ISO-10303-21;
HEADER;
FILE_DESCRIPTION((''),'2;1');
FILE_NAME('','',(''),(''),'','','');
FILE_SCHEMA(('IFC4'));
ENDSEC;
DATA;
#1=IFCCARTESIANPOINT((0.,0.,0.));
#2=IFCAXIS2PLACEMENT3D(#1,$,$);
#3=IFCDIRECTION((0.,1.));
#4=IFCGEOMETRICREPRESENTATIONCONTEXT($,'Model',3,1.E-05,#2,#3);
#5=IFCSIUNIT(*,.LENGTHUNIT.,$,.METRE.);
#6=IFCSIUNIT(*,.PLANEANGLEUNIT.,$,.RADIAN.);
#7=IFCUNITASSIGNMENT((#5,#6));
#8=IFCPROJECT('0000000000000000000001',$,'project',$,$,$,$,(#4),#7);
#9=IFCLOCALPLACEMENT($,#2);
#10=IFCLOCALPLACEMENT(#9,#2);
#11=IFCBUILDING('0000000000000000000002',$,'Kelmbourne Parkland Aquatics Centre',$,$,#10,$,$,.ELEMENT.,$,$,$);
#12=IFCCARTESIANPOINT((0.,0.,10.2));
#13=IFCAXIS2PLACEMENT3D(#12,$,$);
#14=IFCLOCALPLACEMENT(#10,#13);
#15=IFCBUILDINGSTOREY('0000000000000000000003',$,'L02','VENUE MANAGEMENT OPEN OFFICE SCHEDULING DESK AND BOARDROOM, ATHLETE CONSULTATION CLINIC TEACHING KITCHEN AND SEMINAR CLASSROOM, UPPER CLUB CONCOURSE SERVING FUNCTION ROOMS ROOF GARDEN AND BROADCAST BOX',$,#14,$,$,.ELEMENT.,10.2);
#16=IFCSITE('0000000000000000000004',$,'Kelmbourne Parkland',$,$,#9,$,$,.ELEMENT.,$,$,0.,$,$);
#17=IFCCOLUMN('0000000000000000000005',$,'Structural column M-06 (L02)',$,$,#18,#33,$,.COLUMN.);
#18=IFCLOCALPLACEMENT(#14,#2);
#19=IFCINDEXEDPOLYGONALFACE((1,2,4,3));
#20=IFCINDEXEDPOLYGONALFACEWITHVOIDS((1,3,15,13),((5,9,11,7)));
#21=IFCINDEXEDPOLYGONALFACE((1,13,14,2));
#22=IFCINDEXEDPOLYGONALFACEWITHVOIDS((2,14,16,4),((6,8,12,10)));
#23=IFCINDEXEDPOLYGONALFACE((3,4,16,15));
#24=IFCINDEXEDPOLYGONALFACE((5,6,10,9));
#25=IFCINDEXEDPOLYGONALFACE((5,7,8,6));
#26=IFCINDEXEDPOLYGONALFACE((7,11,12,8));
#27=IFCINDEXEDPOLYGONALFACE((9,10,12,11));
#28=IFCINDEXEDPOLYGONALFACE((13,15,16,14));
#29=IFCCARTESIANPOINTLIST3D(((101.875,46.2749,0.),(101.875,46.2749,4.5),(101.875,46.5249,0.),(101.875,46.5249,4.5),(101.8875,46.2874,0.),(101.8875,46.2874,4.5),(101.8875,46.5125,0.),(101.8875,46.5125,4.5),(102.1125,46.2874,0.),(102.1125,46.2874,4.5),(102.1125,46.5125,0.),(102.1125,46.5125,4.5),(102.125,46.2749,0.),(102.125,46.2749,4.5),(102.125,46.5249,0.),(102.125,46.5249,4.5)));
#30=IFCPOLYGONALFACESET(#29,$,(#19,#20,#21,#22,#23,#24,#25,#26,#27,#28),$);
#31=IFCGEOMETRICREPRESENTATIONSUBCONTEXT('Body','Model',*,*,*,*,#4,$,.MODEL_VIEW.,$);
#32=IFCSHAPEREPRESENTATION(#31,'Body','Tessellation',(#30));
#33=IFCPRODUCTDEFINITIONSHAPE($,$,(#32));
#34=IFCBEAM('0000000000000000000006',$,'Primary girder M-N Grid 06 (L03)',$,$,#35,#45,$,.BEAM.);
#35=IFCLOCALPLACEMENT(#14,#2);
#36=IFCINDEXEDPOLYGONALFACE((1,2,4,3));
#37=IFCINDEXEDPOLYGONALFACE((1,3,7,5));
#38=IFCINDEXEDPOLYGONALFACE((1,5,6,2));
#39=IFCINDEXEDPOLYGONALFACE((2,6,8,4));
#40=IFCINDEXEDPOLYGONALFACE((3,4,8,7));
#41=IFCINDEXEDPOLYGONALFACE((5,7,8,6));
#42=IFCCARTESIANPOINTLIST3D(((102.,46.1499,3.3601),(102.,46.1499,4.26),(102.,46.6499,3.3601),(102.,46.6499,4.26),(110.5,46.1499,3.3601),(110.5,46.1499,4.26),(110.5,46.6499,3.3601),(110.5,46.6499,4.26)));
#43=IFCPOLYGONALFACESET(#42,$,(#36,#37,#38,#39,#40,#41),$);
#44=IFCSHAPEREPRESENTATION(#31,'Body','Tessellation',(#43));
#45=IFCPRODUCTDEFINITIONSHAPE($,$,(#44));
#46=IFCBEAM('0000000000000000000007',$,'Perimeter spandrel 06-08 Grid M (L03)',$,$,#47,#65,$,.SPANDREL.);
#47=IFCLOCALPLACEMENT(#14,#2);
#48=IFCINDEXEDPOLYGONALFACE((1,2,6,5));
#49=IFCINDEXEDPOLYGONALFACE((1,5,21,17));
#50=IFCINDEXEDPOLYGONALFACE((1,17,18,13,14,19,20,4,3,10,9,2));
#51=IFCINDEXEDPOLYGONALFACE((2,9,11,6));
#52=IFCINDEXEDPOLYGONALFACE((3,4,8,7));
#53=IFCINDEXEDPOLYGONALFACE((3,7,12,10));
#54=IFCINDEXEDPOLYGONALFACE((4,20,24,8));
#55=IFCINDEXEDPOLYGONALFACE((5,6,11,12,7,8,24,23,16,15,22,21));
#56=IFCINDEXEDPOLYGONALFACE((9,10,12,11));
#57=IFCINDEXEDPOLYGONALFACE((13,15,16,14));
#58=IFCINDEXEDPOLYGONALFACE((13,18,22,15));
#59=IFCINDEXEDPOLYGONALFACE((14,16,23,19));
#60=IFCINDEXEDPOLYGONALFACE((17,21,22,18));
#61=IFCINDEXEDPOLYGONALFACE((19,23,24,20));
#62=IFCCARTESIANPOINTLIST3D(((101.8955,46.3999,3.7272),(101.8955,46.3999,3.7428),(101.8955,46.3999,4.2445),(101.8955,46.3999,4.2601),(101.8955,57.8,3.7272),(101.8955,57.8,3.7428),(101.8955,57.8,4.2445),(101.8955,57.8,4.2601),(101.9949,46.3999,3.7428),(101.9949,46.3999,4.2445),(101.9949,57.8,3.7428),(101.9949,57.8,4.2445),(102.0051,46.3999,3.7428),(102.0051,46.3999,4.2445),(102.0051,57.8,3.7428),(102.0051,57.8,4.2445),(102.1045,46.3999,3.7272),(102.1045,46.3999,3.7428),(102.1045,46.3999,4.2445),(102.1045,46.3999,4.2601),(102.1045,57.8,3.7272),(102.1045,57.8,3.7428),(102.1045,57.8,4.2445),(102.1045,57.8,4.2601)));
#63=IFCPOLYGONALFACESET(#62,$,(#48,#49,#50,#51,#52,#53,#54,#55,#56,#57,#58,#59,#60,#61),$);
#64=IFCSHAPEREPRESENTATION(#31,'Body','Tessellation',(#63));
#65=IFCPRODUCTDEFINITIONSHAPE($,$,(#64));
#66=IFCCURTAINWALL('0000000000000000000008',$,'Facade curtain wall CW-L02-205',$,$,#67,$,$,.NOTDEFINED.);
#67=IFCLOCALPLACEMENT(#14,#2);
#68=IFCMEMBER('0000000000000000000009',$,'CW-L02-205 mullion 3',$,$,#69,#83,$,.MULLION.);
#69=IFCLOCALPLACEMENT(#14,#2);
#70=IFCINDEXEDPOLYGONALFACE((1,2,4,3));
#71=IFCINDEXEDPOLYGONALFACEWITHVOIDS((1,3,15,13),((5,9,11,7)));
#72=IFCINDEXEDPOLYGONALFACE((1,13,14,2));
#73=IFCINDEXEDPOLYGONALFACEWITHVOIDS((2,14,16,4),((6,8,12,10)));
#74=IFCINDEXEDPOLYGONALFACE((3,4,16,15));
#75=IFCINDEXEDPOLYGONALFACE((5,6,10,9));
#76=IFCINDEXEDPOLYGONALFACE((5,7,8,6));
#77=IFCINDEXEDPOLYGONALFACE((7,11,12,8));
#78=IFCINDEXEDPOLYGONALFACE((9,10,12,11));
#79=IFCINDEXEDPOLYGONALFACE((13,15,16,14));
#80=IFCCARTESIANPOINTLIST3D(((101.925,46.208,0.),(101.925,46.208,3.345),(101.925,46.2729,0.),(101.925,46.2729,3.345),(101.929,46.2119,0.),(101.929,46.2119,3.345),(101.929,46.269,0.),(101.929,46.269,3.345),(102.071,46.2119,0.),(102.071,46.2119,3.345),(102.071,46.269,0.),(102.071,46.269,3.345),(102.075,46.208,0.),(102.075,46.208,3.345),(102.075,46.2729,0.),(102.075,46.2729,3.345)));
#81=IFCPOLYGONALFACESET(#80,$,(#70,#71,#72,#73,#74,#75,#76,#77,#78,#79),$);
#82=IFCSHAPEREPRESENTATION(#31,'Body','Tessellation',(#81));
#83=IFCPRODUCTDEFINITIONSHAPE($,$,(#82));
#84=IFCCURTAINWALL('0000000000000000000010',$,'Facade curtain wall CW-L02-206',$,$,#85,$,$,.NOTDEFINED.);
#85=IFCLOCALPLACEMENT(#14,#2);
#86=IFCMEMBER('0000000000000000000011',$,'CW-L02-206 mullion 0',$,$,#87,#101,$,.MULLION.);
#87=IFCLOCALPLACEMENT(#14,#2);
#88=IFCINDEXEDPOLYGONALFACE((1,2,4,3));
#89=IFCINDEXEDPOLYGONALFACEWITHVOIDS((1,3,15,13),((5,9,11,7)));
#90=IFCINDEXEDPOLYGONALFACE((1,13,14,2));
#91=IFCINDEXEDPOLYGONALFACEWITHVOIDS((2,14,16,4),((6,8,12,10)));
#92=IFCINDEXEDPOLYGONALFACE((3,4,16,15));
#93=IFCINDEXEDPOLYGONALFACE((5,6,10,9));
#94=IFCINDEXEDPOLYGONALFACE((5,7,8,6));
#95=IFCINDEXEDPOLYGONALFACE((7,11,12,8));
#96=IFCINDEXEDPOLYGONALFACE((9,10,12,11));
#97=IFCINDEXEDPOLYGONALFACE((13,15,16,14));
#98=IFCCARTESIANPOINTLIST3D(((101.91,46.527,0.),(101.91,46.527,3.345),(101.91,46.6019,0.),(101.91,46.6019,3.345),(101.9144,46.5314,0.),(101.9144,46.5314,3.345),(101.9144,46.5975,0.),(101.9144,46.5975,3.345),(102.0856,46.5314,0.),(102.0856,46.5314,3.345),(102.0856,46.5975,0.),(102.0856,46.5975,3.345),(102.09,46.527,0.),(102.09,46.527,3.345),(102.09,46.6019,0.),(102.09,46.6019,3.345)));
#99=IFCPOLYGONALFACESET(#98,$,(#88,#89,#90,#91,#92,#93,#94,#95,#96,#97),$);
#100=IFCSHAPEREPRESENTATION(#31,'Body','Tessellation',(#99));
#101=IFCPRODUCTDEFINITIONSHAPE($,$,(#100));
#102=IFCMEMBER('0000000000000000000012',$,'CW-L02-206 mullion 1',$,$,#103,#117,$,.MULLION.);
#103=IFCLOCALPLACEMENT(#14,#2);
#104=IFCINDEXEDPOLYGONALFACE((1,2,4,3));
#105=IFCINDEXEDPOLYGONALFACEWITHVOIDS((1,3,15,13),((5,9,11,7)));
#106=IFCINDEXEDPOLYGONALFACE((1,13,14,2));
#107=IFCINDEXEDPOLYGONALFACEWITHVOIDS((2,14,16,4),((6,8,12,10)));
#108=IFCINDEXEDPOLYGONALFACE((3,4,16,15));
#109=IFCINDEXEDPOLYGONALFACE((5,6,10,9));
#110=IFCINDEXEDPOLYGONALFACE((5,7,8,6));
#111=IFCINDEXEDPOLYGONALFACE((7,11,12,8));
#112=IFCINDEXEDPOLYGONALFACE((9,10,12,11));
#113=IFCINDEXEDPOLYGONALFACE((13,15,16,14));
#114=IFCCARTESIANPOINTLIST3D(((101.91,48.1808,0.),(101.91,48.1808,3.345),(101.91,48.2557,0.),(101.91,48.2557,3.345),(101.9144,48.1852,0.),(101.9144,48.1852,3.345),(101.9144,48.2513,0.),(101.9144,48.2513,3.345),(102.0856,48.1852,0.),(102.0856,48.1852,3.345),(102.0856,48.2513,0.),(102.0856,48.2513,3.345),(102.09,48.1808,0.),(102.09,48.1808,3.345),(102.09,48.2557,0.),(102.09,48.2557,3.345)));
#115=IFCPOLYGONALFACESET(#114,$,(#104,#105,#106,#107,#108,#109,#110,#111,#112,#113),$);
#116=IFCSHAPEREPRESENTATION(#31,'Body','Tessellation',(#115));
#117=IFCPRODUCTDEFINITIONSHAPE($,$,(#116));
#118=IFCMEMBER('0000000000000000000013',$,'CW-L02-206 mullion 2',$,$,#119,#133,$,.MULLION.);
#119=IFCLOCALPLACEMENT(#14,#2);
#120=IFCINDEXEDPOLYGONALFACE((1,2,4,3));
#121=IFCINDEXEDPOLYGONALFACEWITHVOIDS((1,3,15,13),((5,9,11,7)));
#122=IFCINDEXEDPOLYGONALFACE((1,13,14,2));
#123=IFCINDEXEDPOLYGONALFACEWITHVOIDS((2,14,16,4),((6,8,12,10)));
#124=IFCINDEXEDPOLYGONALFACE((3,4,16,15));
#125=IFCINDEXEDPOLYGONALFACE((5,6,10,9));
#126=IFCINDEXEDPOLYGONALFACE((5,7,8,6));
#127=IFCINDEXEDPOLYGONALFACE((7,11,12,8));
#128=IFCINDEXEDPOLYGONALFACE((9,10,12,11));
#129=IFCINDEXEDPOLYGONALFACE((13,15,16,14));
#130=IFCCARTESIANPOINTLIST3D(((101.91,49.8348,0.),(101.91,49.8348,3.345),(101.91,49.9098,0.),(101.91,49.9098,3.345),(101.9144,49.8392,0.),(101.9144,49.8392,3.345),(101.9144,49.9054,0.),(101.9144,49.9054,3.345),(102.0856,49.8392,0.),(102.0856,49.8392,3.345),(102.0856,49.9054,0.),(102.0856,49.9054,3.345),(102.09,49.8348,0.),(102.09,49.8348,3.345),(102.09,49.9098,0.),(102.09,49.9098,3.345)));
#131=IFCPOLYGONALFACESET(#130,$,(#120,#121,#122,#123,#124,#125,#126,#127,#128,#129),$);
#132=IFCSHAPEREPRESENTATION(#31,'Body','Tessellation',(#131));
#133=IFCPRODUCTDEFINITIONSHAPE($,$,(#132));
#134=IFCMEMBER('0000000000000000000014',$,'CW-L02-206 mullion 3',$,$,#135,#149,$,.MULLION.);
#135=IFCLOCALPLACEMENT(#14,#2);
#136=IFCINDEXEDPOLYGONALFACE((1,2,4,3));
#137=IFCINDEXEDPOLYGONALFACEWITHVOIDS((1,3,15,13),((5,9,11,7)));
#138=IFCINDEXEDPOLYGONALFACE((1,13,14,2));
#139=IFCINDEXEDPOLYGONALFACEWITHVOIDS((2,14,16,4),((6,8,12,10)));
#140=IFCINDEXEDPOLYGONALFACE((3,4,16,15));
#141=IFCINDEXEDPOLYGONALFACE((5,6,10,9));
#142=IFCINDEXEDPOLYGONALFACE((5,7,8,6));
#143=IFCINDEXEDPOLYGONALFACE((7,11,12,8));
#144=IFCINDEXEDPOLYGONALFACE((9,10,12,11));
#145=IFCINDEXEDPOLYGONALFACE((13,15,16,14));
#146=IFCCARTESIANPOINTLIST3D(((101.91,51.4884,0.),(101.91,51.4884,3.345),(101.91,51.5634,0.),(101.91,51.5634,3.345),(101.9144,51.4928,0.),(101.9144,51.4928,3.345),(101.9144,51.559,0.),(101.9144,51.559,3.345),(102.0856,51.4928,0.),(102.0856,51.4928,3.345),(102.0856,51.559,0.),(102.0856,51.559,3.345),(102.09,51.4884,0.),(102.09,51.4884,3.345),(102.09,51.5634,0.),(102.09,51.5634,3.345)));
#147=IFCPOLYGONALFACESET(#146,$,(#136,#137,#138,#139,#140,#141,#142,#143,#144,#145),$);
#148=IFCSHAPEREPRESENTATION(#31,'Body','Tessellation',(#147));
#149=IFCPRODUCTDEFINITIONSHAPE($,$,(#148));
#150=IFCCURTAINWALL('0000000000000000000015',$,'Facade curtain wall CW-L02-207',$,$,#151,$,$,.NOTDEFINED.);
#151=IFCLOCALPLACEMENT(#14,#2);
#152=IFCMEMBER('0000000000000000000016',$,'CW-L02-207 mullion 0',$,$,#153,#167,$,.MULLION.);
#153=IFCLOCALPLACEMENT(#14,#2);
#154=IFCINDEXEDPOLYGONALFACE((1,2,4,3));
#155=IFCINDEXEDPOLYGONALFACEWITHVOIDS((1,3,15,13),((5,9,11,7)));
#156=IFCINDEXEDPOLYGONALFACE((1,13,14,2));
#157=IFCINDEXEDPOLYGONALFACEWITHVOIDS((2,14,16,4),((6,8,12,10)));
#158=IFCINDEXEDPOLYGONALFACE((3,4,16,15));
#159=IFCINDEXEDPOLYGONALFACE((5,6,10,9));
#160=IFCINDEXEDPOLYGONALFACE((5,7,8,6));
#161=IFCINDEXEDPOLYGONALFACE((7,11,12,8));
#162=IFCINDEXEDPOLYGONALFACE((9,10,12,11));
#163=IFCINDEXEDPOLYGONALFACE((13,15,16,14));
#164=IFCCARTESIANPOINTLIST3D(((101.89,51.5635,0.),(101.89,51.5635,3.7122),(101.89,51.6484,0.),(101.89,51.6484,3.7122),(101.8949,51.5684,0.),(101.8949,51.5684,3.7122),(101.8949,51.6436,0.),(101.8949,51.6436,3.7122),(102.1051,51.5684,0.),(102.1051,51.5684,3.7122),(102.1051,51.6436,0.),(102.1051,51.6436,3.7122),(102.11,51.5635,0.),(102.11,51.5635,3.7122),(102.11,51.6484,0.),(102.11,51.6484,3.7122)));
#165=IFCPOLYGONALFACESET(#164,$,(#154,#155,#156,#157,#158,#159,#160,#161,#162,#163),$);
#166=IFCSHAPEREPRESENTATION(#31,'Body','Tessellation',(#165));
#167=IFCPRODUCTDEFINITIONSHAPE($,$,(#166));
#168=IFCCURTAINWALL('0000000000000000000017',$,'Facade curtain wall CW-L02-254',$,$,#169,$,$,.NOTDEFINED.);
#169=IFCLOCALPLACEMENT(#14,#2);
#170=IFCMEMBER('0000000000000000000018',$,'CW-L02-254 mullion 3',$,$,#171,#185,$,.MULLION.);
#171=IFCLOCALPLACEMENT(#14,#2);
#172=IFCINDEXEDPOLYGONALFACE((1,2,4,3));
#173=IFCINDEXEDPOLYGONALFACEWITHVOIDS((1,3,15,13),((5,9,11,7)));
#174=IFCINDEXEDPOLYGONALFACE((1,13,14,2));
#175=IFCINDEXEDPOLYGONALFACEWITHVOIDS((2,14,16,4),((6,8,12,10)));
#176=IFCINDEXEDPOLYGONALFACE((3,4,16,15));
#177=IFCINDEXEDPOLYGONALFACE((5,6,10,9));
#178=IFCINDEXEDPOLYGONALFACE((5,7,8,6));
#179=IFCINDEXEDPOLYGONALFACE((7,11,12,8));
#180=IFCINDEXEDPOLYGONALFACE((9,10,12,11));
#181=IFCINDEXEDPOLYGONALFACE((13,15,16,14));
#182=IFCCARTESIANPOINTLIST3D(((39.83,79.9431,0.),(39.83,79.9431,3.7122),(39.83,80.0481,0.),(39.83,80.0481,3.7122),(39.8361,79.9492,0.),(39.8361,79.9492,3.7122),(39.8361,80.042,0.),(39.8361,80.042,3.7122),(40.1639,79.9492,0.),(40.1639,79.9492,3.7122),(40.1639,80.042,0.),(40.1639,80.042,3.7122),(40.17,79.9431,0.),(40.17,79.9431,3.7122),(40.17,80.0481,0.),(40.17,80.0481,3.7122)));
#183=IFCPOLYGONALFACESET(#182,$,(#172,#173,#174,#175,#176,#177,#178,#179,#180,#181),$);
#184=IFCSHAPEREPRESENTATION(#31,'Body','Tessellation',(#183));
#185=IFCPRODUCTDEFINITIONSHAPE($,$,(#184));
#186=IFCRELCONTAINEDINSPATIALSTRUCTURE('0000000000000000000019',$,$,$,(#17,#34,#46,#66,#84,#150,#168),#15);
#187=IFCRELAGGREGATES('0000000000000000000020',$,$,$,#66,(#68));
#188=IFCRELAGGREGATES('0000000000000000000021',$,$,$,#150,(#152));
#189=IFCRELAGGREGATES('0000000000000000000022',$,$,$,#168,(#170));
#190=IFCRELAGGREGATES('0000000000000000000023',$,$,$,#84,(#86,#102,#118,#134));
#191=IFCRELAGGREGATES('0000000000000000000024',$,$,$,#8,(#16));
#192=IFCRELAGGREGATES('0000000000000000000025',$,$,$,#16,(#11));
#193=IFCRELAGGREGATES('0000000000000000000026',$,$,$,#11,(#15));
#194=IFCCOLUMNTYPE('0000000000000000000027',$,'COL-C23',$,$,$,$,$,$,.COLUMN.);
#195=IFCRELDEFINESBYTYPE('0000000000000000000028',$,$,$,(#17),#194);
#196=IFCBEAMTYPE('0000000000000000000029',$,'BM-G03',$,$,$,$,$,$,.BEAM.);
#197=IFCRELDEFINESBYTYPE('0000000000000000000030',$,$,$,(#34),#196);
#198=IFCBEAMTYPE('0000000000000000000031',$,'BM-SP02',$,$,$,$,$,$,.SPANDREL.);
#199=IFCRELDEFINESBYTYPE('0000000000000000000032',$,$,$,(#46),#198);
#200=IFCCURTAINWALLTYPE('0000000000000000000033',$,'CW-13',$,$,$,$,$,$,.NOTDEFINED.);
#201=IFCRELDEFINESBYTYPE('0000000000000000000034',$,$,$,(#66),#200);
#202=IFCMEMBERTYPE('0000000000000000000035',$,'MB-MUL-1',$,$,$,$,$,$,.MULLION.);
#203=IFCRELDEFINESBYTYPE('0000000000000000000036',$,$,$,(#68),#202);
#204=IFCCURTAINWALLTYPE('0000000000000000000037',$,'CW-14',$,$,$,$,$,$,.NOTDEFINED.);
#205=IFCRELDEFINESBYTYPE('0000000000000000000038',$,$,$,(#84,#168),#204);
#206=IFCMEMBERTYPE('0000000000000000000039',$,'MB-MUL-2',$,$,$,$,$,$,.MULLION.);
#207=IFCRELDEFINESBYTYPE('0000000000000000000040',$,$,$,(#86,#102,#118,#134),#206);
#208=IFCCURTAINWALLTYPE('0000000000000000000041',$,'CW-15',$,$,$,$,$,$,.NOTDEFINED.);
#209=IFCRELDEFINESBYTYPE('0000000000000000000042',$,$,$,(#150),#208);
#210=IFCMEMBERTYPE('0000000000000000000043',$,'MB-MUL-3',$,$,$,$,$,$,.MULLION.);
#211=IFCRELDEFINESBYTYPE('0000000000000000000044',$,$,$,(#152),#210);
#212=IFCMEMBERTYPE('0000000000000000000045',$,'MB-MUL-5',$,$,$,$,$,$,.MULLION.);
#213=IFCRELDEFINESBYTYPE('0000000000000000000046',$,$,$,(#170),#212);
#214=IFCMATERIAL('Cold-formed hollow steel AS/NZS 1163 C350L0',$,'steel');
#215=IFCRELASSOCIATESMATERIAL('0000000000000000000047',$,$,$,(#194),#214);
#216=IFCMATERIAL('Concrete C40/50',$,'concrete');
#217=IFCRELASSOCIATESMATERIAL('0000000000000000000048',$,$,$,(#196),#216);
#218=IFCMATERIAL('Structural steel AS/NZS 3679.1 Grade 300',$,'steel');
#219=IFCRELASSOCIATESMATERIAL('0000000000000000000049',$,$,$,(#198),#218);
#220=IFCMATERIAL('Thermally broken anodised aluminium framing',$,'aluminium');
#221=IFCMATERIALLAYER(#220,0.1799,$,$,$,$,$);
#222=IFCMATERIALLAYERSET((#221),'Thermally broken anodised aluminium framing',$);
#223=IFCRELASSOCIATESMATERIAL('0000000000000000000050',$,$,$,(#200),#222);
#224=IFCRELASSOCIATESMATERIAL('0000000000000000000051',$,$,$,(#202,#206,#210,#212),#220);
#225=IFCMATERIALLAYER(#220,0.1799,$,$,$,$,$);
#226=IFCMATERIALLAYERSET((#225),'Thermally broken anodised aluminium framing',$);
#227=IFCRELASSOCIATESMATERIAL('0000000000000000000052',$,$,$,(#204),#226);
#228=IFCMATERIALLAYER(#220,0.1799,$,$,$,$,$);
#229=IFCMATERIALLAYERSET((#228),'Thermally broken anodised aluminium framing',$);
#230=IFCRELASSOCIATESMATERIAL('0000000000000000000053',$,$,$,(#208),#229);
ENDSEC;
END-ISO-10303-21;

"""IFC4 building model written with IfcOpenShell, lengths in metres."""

from ifc_helpers import new_model, si_unit, direction, frame, origin, origin_2d, place, context, subcontext, project, spatial, rectangle, hollow_rectangle, i_section, extrude, material, layer, layer_set, material_profile, profile_set, type_object, element, aggregate, save


model = new_model("IFC4")

# Units and contexts
model_context = context("Model", 3, precision=1e-05, world=origin(), true_north=direction((0.0, 1.0)))
body_context = subcontext(model_context, "Body", "Model", "MODEL_VIEW")
ifc_project = project(units=[si_unit("LENGTHUNIT", "METRE"), si_unit("PLANEANGLEUNIT", "RADIAN")], contexts=[model_context])

# Site, building, storey
site_placement = place(None, origin())
site = spatial("IfcSite", under=ifc_project, at=site_placement, Name="Kelmbourne Parkland", CompositionType="ELEMENT", RefElevation=0.0)
building_placement = place(site_placement, origin())
building = spatial("IfcBuilding", under=site, at=building_placement, Name="Kelmbourne Parkland Aquatics Centre", CompositionType="ELEMENT")
storey_placement = place(building_placement, frame((0.0, 0.0, 10.2)))
storey = spatial("IfcBuildingStorey", under=building, at=storey_placement, Name="L02", Description="VENUE MANAGEMENT OPEN OFFICE SCHEDULING DESK AND BOARDROOM, ATHLETE CONSULTATION CLINIC TEACHING KITCHEN AND SEMINAR CLASSROOM, UPPER CLUB CONCOURSE SERVING FUNCTION ROOMS ROOF GARDEN AND BROADCAST BOX", CompositionType="ELEMENT", Elevation=10.2)

# Column
ifc_material_1 = material(Name="Cold-formed hollow steel AS/NZS 1163 C350L0", Category="steel")
ifc_material_profile_1 = material_profile(ifc_material_1, hollow_rectangle(XDim=0.25, YDim=0.25, WallThickness=0.0125, at=origin_2d()), Name="SHS 250x250x12.5")
ifc_profile_set_1 = profile_set([ifc_material_profile_1], Name="Cold-formed hollow steel AS/NZS 1163 C350L0")
column_type = type_object("IfcColumnType", Name="COL-C23", PredefinedType="COLUMN", material=ifc_profile_set_1)
column_placement = place(storey_placement, frame((102.0, 46.3999, 0.0), z_axis=(0.0, 0.0, 1.0), x_axis=(1.0, 0.0, 0.0)))
element("IfcColumn", 1, at=column_placement, inside=storey, type_object=column_type, Name="Structural column M-06 (L02)", PredefinedType="COLUMN", context=body_context, shape_type="SweptSolid", body=[
    extrude(hollow_rectangle(XDim=0.25, YDim=0.25, WallThickness=0.0125, at=origin_2d()), origin(), (0.0, 0.0, 1.0), 4.5),
])

# Beams
ifc_material_2 = material(Name="Concrete C40/50", Category="concrete")
ifc_material_profile_2 = material_profile(ifc_material_2, rectangle(XDim=0.5, YDim=0.8999, at=origin_2d()), Name="RC 500x900")
ifc_profile_set_2 = profile_set([ifc_material_profile_2], Name="Concrete C40/50")
beam_type_1 = type_object("IfcBeamType", Name="BM-G03", PredefinedType="BEAM", material=ifc_profile_set_2)
beam_1_placement = place(storey_placement, frame((102.0, 46.3999, 3.8101), z_axis=(1.0, 0.0, 0.0), x_axis=(0.0, 1.0, 0.0)))
element("IfcBeam", 2, at=beam_1_placement, inside=storey, type_object=beam_type_1, Name="Primary girder M-N Grid 06 (L03)", PredefinedType="BEAM", context=body_context, shape_type="SweptSolid", body=[
    extrude(rectangle(XDim=0.5, YDim=0.8999, at=origin_2d()), origin(), (0.0, 0.0, 1.0), 8.5),
])
ifc_material_3 = material(Name="Structural steel AS/NZS 3679.1 Grade 300", Category="steel")
ifc_material_profile_3 = material_profile(ifc_material_3, i_section(OverallWidth=0.209, OverallDepth=0.533, WebThickness=0.0103, FlangeThickness=0.0156, at=origin_2d()), Name="530UB92.4")
ifc_profile_set_3 = profile_set([ifc_material_profile_3], Name="Structural steel AS/NZS 3679.1 Grade 300")
beam_type_2 = type_object("IfcBeamType", Name="BM-SP02", PredefinedType="SPANDREL", material=ifc_profile_set_3)
beam_2_placement = place(storey_placement, frame((102.0, 46.3999, 3.9937), z_axis=(0.0, 1.0, 0.0), x_axis=(-1.0, 0.0, 0.0)))
element("IfcBeam", 3, at=beam_2_placement, inside=storey, type_object=beam_type_2, Name="Perimeter spandrel 06-08 Grid M (L03)", PredefinedType="SPANDREL", context=body_context, shape_type="SweptSolid", body=[
    extrude(i_section(OverallWidth=0.209, OverallDepth=0.533, WebThickness=0.0103, FlangeThickness=0.0156, at=origin_2d()), origin(), (0.0, 0.0, 1.0), 11.4001),
])

# Curtain wall, member
ifc_material_4 = material(Name="Thermally broken anodised aluminium framing", Category="aluminium")
ifc_layer_1 = layer(ifc_material_4, 0.1799)
ifc_layer_set_1 = layer_set([ifc_layer_1], Name="Thermally broken anodised aluminium framing")
curtain_wall_type_1 = type_object("IfcCurtainWallType", Name="CW-13", PredefinedType="NOTDEFINED", material=ifc_layer_set_1)
curtain_wall_1_placement = place(storey_placement, origin())
curtain_wall_1 = element("IfcCurtainWall", 4, at=curtain_wall_1_placement, inside=storey, type_object=curtain_wall_type_1, Name="Facade curtain wall CW-L02-205", PredefinedType="NOTDEFINED")
ifc_material_profile_4 = material_profile(ifc_material_4, hollow_rectangle(XDim=0.0649, YDim=0.1499, WallThickness=0.0039, at=origin_2d()), Name="CW-M 65x150")
ifc_profile_set_4 = profile_set([ifc_material_profile_4], Name="Thermally broken anodised aluminium framing")
member_type_1 = type_object("IfcMemberType", Name="MB-MUL-1", PredefinedType="MULLION", material=ifc_profile_set_4)
member_1_placement = place(storey_placement, frame((102.0, 46.2405, 0.0), z_axis=(0.0, 0.0, 1.0), x_axis=(0.0, 1.0, 0.0)))
member_1 = element("IfcMember", 5, at=member_1_placement, type_object=member_type_1, Name="CW-L02-205 mullion 3", PredefinedType="MULLION", context=body_context, shape_type="SweptSolid", body=[
    extrude(hollow_rectangle(XDim=0.0649, YDim=0.1499, WallThickness=0.0039, at=origin_2d()), origin(), (0.0, 0.0, 1.0), 3.345),
])
aggregate(curtain_wall_1, [member_1])

# Curtain wall, members
ifc_layer_2 = layer(ifc_material_4, 0.1799)
ifc_layer_set_2 = layer_set([ifc_layer_2], Name="Thermally broken anodised aluminium framing")
curtain_wall_type_2 = type_object("IfcCurtainWallType", Name="CW-14", PredefinedType="NOTDEFINED", material=ifc_layer_set_2)
curtain_wall_2_placement = place(storey_placement, origin())
curtain_wall_2 = element("IfcCurtainWall", 6, at=curtain_wall_2_placement, inside=storey, type_object=curtain_wall_type_2, Name="Facade curtain wall CW-L02-206", PredefinedType="NOTDEFINED")
ifc_material_profile_5 = material_profile(ifc_material_4, hollow_rectangle(XDim=0.075, YDim=0.1799, WallThickness=0.0044, at=origin_2d()), Name="CW-M 75x180")
ifc_profile_set_5 = profile_set([ifc_material_profile_5], Name="Thermally broken anodised aluminium framing")
member_type_2 = type_object("IfcMemberType", Name="MB-MUL-2", PredefinedType="MULLION", material=ifc_profile_set_5)
member_2_placement = place(storey_placement, frame((102.0, 46.5645, 0.0), z_axis=(0.0, 0.0, 1.0), x_axis=(0.0, 1.0, 0.0)))
member_2 = element("IfcMember", 7, at=member_2_placement, type_object=member_type_2, Name="CW-L02-206 mullion 0", PredefinedType="MULLION", context=body_context, shape_type="SweptSolid", body=[
    extrude(hollow_rectangle(XDim=0.075, YDim=0.1799, WallThickness=0.0044, at=origin_2d()), origin(), (0.0, 0.0, 1.0), 3.345),
])
member_3_placement = place(storey_placement, frame((102.0, 48.2183, 0.0), z_axis=(0.0, 0.0, 1.0), x_axis=(0.0, 1.0, 0.0)))
member_3 = element("IfcMember", 8, at=member_3_placement, type_object=member_type_2, Name="CW-L02-206 mullion 1", PredefinedType="MULLION", context=body_context, shape_type="SweptSolid", body=[
    extrude(hollow_rectangle(XDim=0.075, YDim=0.1799, WallThickness=0.0044, at=origin_2d()), origin(), (0.0, 0.0, 1.0), 3.345),
])
member_4_placement = place(storey_placement, frame((102.0, 49.8723, 0.0), z_axis=(0.0, 0.0, 1.0), x_axis=(0.0, 1.0, 0.0)))
member_4 = element("IfcMember", 9, at=member_4_placement, type_object=member_type_2, Name="CW-L02-206 mullion 2", PredefinedType="MULLION", context=body_context, shape_type="SweptSolid", body=[
    extrude(hollow_rectangle(XDim=0.075, YDim=0.1799, WallThickness=0.0044, at=origin_2d()), origin(), (0.0, 0.0, 1.0), 3.345),
])
member_5_placement = place(storey_placement, frame((102.0, 51.5259, 0.0), z_axis=(0.0, 0.0, 1.0), x_axis=(0.0, 1.0, 0.0)))
member_5 = element("IfcMember", 10, at=member_5_placement, type_object=member_type_2, Name="CW-L02-206 mullion 3", PredefinedType="MULLION", context=body_context, shape_type="SweptSolid", body=[
    extrude(hollow_rectangle(XDim=0.075, YDim=0.1799, WallThickness=0.0044, at=origin_2d()), origin(), (0.0, 0.0, 1.0), 3.345),
])

# Curtain walls, members
ifc_layer_3 = layer(ifc_material_4, 0.1799)
ifc_layer_set_3 = layer_set([ifc_layer_3], Name="Thermally broken anodised aluminium framing")
curtain_wall_type_3 = type_object("IfcCurtainWallType", Name="CW-15", PredefinedType="NOTDEFINED", material=ifc_layer_set_3)
curtain_wall_3_placement = place(storey_placement, origin())
curtain_wall_3 = element("IfcCurtainWall", 11, at=curtain_wall_3_placement, inside=storey, type_object=curtain_wall_type_3, Name="Facade curtain wall CW-L02-207", PredefinedType="NOTDEFINED")
ifc_material_profile_6 = material_profile(ifc_material_4, hollow_rectangle(XDim=0.085, YDim=0.22, WallThickness=0.0049, at=origin_2d()), Name="CW-M 85x220")
ifc_profile_set_6 = profile_set([ifc_material_profile_6], Name="Thermally broken anodised aluminium framing")
member_type_3 = type_object("IfcMemberType", Name="MB-MUL-3", PredefinedType="MULLION", material=ifc_profile_set_6)
member_6_placement = place(storey_placement, frame((102.0, 51.606, 0.0), z_axis=(0.0, 0.0, 1.0), x_axis=(0.0, 1.0, 0.0)))
member_6 = element("IfcMember", 12, at=member_6_placement, type_object=member_type_3, Name="CW-L02-207 mullion 0", PredefinedType="MULLION", context=body_context, shape_type="SweptSolid", body=[
    extrude(hollow_rectangle(XDim=0.085, YDim=0.22, WallThickness=0.0049, at=origin_2d()), origin(), (0.0, 0.0, 1.0), 3.7122),
])
curtain_wall_4_placement = place(storey_placement, origin())
curtain_wall_4 = element("IfcCurtainWall", 13, at=curtain_wall_4_placement, inside=storey, type_object=curtain_wall_type_2, Name="Facade curtain wall CW-L02-254", PredefinedType="NOTDEFINED")
ifc_material_profile_7 = material_profile(ifc_material_4, hollow_rectangle(XDim=0.105, YDim=0.3401, WallThickness=0.0061, at=origin_2d()), Name="CW-M 105x340")
ifc_profile_set_7 = profile_set([ifc_material_profile_7], Name="Thermally broken anodised aluminium framing")
member_type_4 = type_object("IfcMemberType", Name="MB-MUL-5", PredefinedType="MULLION", material=ifc_profile_set_7)
member_7_placement = place(storey_placement, frame((40.0, 79.9956, 0.0), z_axis=(0.0, 0.0, 1.0), x_axis=(0.0, 1.0, 0.0)))
member_7 = element("IfcMember", 14, at=member_7_placement, type_object=member_type_4, Name="CW-L02-254 mullion 3", PredefinedType="MULLION", context=body_context, shape_type="SweptSolid", body=[
    extrude(hollow_rectangle(XDim=0.105, YDim=0.3401, WallThickness=0.0061, at=origin_2d()), origin(), (0.0, 0.0, 1.0), 3.7122),
])

aggregate(curtain_wall_3, [member_6])

aggregate(curtain_wall_4, [member_7])
aggregate(curtain_wall_2, [member_2, member_3, member_4, member_5])

save(model, "model.ifc")
